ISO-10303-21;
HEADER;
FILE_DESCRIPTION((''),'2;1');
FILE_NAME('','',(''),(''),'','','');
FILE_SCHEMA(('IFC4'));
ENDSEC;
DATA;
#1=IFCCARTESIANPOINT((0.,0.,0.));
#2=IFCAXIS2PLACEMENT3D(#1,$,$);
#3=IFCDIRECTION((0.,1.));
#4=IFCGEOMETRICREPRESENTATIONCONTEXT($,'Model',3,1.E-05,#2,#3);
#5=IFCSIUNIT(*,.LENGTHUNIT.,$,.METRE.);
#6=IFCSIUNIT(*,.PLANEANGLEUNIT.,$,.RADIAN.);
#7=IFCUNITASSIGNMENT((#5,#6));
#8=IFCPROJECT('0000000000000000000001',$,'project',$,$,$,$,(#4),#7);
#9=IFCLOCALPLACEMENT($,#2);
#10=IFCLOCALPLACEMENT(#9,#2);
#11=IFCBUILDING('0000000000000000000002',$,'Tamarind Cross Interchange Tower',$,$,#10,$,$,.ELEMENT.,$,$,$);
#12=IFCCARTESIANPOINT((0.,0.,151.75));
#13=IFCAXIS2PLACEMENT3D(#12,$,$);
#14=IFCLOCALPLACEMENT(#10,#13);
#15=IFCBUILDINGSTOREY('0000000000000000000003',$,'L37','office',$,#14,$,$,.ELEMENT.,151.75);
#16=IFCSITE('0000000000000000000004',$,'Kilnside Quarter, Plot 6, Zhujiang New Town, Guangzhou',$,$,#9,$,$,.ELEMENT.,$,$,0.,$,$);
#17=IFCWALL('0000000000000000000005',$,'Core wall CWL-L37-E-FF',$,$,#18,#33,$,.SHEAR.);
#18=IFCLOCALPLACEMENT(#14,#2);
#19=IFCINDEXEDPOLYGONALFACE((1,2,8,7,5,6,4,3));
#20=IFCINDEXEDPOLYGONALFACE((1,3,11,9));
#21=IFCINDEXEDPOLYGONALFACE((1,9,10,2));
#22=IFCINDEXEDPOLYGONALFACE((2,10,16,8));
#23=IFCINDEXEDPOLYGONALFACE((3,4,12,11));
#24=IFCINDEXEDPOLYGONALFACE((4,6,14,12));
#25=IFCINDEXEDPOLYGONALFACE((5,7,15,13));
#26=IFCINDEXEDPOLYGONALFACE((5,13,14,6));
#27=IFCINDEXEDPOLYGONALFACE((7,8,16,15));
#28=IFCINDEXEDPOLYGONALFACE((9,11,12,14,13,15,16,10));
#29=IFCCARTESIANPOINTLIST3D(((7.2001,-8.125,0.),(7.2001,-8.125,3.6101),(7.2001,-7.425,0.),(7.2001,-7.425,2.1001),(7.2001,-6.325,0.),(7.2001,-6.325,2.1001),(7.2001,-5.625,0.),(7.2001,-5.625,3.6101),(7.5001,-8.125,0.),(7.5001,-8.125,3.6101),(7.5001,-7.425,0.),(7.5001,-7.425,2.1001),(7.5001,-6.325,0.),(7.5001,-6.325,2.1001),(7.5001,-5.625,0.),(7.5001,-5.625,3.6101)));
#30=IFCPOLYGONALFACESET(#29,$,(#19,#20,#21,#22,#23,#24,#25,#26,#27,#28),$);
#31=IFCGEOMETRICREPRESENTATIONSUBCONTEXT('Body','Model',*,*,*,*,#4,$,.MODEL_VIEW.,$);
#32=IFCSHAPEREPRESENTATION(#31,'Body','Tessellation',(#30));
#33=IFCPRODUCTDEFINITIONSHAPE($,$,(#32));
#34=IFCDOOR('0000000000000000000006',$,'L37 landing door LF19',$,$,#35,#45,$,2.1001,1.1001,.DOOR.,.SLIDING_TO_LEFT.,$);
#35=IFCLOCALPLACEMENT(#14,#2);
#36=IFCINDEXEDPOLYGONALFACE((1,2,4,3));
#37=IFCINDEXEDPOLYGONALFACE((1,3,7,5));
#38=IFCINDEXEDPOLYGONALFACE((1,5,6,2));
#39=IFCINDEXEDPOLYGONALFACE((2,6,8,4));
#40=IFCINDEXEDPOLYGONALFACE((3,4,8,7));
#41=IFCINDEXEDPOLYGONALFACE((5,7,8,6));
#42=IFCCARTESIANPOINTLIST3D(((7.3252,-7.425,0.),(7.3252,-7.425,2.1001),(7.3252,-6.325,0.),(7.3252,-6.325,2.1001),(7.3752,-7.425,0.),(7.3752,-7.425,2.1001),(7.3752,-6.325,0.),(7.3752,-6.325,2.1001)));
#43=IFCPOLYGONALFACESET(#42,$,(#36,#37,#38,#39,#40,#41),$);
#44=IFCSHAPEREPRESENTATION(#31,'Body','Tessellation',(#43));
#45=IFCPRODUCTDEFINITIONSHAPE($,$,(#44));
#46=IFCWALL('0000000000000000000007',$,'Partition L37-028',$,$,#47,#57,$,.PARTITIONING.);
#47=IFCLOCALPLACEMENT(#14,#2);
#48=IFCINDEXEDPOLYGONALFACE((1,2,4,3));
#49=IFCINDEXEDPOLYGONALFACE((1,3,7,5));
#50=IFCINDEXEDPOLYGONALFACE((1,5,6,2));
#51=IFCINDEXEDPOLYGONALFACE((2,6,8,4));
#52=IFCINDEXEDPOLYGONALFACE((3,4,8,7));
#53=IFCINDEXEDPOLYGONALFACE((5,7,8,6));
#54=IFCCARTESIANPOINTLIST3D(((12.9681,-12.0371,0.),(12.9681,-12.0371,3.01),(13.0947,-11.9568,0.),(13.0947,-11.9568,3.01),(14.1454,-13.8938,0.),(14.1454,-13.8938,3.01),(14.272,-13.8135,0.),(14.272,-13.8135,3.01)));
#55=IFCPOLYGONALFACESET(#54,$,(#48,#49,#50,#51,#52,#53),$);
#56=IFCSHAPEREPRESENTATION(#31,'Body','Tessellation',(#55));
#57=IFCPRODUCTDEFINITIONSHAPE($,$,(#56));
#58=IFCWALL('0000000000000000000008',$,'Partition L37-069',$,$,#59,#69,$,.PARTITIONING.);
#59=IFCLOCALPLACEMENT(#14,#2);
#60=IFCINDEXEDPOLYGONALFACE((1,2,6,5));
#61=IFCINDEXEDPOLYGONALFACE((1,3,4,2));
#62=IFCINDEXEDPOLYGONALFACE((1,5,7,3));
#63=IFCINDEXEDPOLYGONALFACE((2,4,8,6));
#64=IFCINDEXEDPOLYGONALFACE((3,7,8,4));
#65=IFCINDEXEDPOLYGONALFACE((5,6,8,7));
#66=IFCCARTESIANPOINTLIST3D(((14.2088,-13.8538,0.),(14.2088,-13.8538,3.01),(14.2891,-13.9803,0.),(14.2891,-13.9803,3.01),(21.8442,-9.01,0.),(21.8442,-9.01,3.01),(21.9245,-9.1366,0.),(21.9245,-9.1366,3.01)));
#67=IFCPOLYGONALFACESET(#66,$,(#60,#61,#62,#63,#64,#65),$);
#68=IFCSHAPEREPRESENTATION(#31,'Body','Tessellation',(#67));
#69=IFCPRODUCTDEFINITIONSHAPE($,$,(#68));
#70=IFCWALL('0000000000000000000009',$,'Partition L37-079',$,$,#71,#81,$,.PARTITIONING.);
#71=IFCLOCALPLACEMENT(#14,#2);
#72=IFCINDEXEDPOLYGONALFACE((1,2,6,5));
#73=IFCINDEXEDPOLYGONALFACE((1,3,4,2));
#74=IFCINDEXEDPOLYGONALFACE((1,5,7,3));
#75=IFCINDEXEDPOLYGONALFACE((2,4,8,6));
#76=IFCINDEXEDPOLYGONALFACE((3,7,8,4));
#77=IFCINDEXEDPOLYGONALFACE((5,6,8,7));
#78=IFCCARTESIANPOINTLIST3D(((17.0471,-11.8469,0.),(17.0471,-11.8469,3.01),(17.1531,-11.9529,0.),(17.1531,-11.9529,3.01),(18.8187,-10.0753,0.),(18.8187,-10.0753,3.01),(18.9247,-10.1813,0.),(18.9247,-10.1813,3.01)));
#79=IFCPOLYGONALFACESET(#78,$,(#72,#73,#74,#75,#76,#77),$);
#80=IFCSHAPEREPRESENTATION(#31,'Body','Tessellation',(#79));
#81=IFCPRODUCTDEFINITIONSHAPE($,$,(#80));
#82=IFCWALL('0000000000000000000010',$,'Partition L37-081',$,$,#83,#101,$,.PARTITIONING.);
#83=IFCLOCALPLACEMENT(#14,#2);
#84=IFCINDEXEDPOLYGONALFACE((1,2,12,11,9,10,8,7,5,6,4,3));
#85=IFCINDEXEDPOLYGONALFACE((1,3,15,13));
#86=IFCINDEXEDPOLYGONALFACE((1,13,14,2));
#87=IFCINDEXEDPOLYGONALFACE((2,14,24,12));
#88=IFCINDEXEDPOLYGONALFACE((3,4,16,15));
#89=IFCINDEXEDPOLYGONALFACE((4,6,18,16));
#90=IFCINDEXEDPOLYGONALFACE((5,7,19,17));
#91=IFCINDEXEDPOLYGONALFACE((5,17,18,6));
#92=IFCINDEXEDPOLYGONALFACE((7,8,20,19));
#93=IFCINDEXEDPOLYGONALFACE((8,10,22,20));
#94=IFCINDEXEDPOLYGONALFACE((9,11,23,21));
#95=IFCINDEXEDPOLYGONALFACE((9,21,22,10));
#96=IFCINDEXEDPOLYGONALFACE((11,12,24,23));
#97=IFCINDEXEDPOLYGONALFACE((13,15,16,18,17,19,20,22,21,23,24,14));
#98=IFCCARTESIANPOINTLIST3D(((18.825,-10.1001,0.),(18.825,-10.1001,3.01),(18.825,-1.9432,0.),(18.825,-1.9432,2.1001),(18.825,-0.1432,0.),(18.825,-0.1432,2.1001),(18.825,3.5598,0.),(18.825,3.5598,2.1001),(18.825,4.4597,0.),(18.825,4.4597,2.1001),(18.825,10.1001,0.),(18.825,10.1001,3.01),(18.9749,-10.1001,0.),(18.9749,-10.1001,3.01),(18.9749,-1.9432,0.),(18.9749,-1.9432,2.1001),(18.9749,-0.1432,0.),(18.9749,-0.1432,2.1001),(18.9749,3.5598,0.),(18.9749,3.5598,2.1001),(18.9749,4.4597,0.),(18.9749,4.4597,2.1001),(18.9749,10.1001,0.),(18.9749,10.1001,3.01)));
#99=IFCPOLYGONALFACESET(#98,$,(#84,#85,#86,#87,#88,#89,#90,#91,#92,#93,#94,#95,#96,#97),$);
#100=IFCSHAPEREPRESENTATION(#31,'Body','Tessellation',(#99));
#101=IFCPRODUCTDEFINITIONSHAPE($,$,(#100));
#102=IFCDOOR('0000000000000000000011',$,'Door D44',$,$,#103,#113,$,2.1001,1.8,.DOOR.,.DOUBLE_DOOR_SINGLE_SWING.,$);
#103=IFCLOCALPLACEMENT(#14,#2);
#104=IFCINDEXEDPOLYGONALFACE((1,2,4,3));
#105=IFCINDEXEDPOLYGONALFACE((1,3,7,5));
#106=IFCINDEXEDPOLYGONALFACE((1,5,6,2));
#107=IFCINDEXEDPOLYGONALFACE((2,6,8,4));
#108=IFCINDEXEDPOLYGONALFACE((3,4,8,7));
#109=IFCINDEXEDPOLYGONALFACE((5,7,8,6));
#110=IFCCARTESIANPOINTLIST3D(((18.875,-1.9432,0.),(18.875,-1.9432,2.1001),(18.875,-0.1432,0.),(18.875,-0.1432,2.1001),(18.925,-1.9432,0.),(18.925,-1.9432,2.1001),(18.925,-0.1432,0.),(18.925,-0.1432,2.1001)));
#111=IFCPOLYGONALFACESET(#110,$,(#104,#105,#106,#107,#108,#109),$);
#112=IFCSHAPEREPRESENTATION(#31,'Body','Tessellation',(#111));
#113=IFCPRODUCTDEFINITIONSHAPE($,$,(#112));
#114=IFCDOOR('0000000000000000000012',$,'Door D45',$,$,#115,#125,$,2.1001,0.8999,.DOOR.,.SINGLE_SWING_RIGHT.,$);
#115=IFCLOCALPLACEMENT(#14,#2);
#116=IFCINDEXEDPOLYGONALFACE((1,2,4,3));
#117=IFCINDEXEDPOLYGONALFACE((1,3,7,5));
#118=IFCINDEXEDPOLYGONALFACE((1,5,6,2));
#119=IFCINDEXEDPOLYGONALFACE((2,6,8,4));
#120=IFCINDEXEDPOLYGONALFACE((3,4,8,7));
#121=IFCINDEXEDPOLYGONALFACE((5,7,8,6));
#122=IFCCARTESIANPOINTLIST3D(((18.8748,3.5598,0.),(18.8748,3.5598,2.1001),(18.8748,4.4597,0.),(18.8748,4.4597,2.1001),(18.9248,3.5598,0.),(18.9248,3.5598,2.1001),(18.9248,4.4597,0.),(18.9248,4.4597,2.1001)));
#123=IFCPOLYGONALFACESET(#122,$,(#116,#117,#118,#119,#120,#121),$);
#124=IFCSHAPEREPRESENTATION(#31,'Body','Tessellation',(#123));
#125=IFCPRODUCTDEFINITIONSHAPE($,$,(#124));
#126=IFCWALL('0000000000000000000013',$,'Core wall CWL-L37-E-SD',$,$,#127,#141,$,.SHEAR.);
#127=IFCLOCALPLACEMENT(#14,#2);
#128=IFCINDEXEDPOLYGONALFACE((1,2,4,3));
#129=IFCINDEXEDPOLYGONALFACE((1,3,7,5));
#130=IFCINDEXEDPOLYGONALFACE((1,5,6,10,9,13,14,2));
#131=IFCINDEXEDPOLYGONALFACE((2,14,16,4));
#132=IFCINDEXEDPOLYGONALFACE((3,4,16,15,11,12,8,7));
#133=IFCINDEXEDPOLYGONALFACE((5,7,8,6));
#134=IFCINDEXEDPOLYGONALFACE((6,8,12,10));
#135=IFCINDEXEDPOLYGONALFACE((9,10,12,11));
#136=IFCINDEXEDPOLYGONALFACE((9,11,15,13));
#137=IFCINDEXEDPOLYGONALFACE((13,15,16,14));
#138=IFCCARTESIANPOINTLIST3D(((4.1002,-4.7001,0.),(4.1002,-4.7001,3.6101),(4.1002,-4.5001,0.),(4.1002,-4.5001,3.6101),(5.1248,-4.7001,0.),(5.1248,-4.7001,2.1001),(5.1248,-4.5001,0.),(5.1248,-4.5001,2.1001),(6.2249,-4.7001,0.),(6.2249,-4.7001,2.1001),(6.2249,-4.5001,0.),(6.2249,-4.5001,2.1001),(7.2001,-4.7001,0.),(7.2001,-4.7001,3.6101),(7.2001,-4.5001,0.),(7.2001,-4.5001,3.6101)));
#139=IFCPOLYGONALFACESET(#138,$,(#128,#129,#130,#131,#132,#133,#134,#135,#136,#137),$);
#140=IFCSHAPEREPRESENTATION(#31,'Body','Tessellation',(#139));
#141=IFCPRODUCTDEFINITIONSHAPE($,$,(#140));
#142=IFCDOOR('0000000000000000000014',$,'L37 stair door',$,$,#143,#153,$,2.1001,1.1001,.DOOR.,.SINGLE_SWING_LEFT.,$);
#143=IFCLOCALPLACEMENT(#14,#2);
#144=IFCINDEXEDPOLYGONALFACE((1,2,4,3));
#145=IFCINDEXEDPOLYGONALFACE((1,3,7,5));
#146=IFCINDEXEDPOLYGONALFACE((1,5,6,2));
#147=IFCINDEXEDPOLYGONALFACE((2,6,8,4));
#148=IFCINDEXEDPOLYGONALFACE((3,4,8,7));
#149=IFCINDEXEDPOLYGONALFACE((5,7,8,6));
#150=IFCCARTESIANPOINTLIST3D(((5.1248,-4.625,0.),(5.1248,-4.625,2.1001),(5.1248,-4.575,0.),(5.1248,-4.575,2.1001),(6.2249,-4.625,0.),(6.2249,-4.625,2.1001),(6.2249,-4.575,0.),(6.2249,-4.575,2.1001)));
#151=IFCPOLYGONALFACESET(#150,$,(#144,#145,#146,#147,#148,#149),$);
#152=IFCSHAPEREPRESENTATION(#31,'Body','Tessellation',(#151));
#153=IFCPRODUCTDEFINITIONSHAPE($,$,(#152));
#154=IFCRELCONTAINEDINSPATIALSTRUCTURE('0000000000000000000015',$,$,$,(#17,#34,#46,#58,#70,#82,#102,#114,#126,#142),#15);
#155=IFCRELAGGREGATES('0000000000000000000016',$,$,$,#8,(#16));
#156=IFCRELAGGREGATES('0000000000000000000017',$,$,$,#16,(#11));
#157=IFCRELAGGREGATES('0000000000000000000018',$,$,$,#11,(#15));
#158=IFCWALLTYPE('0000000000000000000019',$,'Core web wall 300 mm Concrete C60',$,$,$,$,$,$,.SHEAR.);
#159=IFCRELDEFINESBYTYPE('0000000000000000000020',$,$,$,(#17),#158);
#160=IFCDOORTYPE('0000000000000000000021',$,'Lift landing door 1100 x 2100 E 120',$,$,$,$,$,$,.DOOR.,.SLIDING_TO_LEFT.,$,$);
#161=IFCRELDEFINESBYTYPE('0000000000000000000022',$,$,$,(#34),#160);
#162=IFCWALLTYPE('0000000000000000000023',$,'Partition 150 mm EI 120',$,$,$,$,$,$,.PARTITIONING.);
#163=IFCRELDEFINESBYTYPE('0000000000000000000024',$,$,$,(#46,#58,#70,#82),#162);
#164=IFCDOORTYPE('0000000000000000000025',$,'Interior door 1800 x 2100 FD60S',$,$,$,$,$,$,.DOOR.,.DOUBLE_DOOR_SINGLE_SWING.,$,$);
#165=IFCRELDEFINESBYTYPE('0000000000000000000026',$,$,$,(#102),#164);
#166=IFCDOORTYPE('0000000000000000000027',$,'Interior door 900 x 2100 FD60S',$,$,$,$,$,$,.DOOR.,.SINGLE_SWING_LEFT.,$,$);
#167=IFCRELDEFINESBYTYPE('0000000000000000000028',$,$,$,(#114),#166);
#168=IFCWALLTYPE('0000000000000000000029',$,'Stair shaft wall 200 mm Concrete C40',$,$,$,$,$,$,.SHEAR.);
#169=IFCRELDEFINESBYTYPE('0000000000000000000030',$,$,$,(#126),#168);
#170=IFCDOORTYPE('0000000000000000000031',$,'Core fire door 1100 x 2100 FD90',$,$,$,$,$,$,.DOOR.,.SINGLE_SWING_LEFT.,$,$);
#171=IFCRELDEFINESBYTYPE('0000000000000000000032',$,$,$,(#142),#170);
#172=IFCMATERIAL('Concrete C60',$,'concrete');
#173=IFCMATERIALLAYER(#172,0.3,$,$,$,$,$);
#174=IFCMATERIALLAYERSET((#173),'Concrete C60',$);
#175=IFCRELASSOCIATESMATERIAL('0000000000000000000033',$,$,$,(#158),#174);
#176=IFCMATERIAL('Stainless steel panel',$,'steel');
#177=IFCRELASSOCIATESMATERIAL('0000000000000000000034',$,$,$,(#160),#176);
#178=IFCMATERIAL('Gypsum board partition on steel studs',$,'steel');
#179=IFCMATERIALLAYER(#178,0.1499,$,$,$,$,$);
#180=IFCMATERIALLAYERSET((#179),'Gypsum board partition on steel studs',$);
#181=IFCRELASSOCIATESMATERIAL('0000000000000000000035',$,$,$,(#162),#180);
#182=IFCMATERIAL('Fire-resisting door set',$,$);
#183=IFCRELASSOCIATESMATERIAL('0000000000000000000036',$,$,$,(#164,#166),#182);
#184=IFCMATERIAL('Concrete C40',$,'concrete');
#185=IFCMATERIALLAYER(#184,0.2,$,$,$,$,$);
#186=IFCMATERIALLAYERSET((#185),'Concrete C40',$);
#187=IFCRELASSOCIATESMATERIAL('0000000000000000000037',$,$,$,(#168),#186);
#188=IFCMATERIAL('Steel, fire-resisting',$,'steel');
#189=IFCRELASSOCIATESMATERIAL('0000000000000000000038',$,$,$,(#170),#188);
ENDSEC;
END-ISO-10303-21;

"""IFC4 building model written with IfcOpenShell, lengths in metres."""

from ifc_helpers import new_model, si_unit, direction, frame, frame_2d, origin, place, context, subcontext, project, spatial, rectangle, extrude, material, layer, layer_set, type_object, element, fill, save


model = new_model("IFC4")

# Units and contexts
model_context = context("Model", 3, precision=1e-05, world=origin(), true_north=direction((0.0, 1.0)))
body_context = subcontext(model_context, "Body", "Model", "MODEL_VIEW")
ifc_project = project(units=[si_unit("LENGTHUNIT", "METRE"), si_unit("PLANEANGLEUNIT", "RADIAN")], contexts=[model_context])

# Site, building, storey
site_placement = place(None, origin())
site = spatial("IfcSite", under=ifc_project, at=site_placement, Name="Kilnside Quarter, Plot 6, Zhujiang New Town, Guangzhou", CompositionType="ELEMENT", RefElevation=0.0)
building_placement = place(site_placement, origin())
building = spatial("IfcBuilding", under=site, at=building_placement, Name="Tamarind Cross Interchange Tower", CompositionType="ELEMENT")
storey_placement = place(building_placement, frame((0.0, 0.0, 151.75)))
storey = spatial("IfcBuildingStorey", under=building, at=storey_placement, Name="L37", Description="office", CompositionType="ELEMENT", Elevation=151.75)

# Shared definitions
ifc_material_1 = material(Name="Concrete C60", Category="concrete")
ifc_material_2 = material(Name="Steel, fire-resisting", Category="steel")

# Shared definitions
ifc_layer_1 = layer(ifc_material_1, 0.3)
ifc_layer_set_1 = layer_set([ifc_layer_1], Name="Concrete C60")
wall_type_1 = type_object("IfcWallType", Name="Core web wall 300 mm Concrete C60", PredefinedType="SHEAR", material=ifc_layer_set_1)

# Shared definitions
ifc_material_3 = material(Name="Stainless steel panel", Category="steel")

# Wall, opening, door
wall_1_placement = place(storey_placement, frame((7.3501, -8.125, 0.0), z_axis=(0.0, 0.0, 1.0), x_axis=(0.0, 1.0, 0.0)))
wall_1 = element("IfcWall", 1, at=wall_1_placement, inside=storey, type_object=wall_type_1, Name="Core wall CWL-L37-E-FF", PredefinedType="SHEAR", context=body_context, shape_type="SweptSolid", body=[
    extrude(rectangle(XDim=2.5, YDim=0.3, at=frame_2d((1.25, 0.0))), origin(), (0.0, 0.0, 1.0), 3.6101),
])
opening_1_placement = place(wall_1_placement, frame((0.7, 0.0, 0.0)))
opening_1 = element("IfcOpeningElement", 2, at=opening_1_placement, cuts=wall_1, PredefinedType="OPENING", context=body_context, shape_type="SweptSolid", body=[
    extrude(rectangle(XDim=1.1001, YDim=2.1001, at=frame_2d((0.55, 1.05))), frame((0.0, 0.1599, 0.0), z_axis=(0.0, -1.0, 0.0), x_axis=(1.0, 0.0, 0.0)), (0.0, 0.0, 1.0), 0.3201),
])
door_type_1 = type_object("IfcDoorType", Name="Lift landing door 1100 x 2100 E 120", OperationType="SLIDING_TO_LEFT", PredefinedType="DOOR", material=ifc_material_3)
door_1_placement = place(opening_1_placement, origin())
door_1 = element("IfcDoor", 3, at=door_1_placement, inside=storey, type_object=door_type_1, Name="L37 landing door LF19", OperationType="SLIDING_TO_LEFT", OverallHeight=2.1001, OverallWidth=1.1001, PredefinedType="DOOR", context=body_context, shape_type="SweptSolid", body=[
    extrude(rectangle(XDim=1.1001, YDim=2.1001, at=frame_2d((0.55, 1.05))), frame((0.0, 0.0249, 0.0), z_axis=(0.0, -1.0, 0.0), x_axis=(1.0, 0.0, 0.0)), (0.0, 0.0, 1.0), 0.05),
])
fill(opening_1, door_1)

# Walls
ifc_material_4 = material(Name="Gypsum board partition on steel studs", Category="steel")
ifc_layer_2 = layer(ifc_material_4, 0.1499)
ifc_layer_set_2 = layer_set([ifc_layer_2], Name="Gypsum board partition on steel studs")
wall_type_2 = type_object("IfcWallType", Name="Partition 150 mm EI 120", PredefinedType="PARTITIONING", material=ifc_layer_set_2)
wall_2_placement = place(storey_placement, frame((13.0315, -11.9971, 0.0), z_axis=(0.0, 0.0, 1.0), x_axis=(0.535488, -0.844543, 0.0)))
element("IfcWall", 4, at=wall_2_placement, inside=storey, type_object=wall_type_2, Name="Partition L37-028", PredefinedType="PARTITIONING", context=body_context, shape_type="SweptSolid", body=[
    extrude(rectangle(XDim=2.1985, YDim=0.1499, at=frame_2d((1.0991, 0.0))), origin(), (0.0, 0.0, 1.0), 3.01),
])
wall_3_placement = place(storey_placement, frame((14.249, -13.917, 0.0), z_axis=(0.0, 0.0, 1.0), x_axis=(0.844422, 0.535678, 0.0)))
element("IfcWall", 5, at=wall_3_placement, inside=storey, type_object=wall_type_2, Name="Partition L37-069", PredefinedType="PARTITIONING", context=body_context, shape_type="SweptSolid", body=[
    extrude(rectangle(XDim=9.0422, YDim=0.1499, at=frame_2d((4.521, 0.0))), origin(), (0.0, 0.0, 1.0), 3.01),
])
wall_4_placement = place(storey_placement, frame((17.1001, -11.8999, 0.0), z_axis=(0.0, 0.0, 1.0), x_axis=(0.707107, 0.707107, 0.0)))
element("IfcWall", 6, at=wall_4_placement, inside=storey, type_object=wall_type_2, Name="Partition L37-079", PredefinedType="PARTITIONING", context=body_context, shape_type="SweptSolid", body=[
    extrude(rectangle(XDim=2.5054, YDim=0.1499, at=frame_2d((1.2527, 0.0))), origin(), (0.0, 0.0, 1.0), 3.01),
])

# Wall, openings, doors
wall_5_placement = place(storey_placement, frame((18.8999, -10.1001, 0.0), z_axis=(0.0, 0.0, 1.0), x_axis=(0.0, 1.0, 0.0)))
wall_5 = element("IfcWall", 7, at=wall_5_placement, inside=storey, type_object=wall_type_2, Name="Partition L37-081", PredefinedType="PARTITIONING", context=body_context, shape_type="SweptSolid", body=[
    extrude(rectangle(XDim=20.2002, YDim=0.1499, at=frame_2d((10.1001, 0.0))), origin(), (0.0, 0.0, 1.0), 3.01),
])
opening_2_placement = place(wall_5_placement, frame((8.157, 0.0, 0.0)))
opening_2 = element("IfcOpeningElement", 8, at=opening_2_placement, cuts=wall_5, PredefinedType="OPENING", context=body_context, shape_type="SweptSolid", body=[
    extrude(rectangle(XDim=1.8, YDim=2.1001, at=frame_2d((0.8999, 1.05))), frame((0.0, 0.085, 0.0), z_axis=(0.0, -1.0, 0.0), x_axis=(1.0, 0.0, 0.0)), (0.0, 0.0, 1.0), 0.1699),
])
opening_3_placement = place(wall_5_placement, frame((13.6599, 0.0, 0.0)))
opening_3 = element("IfcOpeningElement", 9, at=opening_3_placement, cuts=wall_5, PredefinedType="OPENING", context=body_context, shape_type="SweptSolid", body=[
    extrude(rectangle(XDim=0.8999, YDim=2.1001, at=frame_2d((0.45, 1.05))), frame((0.0, 0.085, 0.0), z_axis=(0.0, -1.0, 0.0), x_axis=(1.0, 0.0, 0.0)), (0.0, 0.0, 1.0), 0.1699),
])
ifc_material_5 = material(Name="Fire-resisting door set")
door_type_2 = type_object("IfcDoorType", Name="Interior door 1800 x 2100 FD60S", OperationType="DOUBLE_DOOR_SINGLE_SWING", PredefinedType="DOOR", material=ifc_material_5)
door_2_placement = place(opening_2_placement, origin())
door_2 = element("IfcDoor", 10, at=door_2_placement, inside=storey, type_object=door_type_2, Name="Door D44", OperationType="DOUBLE_DOOR_SINGLE_SWING", OverallHeight=2.1001, OverallWidth=1.8, PredefinedType="DOOR", context=body_context, shape_type="SweptSolid", body=[
    extrude(rectangle(XDim=1.8, YDim=2.1001, at=frame_2d((0.8999, 1.05))), frame((0.0, 0.0249, 0.0), z_axis=(0.0, -1.0, 0.0), x_axis=(1.0, 0.0, 0.0)), (0.0, 0.0, 1.0), 0.05),
])
fill(opening_2, door_2)
door_type_3 = type_object("IfcDoorType", Name="Interior door 900 x 2100 FD60S", OperationType="SINGLE_SWING_LEFT", PredefinedType="DOOR", material=ifc_material_5)
door_3_placement = place(opening_3_placement, frame((0.8999, 0.0, 0.0), z_axis=(0.0, 0.0, 1.0), x_axis=(-1.0, 0.0, 0.0)))
door_3 = element("IfcDoor", 11, at=door_3_placement, inside=storey, type_object=door_type_3, Name="Door D45", OperationType="SINGLE_SWING_RIGHT", OverallHeight=2.1001, OverallWidth=0.8999, PredefinedType="DOOR", context=body_context, shape_type="SweptSolid", body=[
    extrude(rectangle(XDim=0.8999, YDim=2.1001, at=frame_2d((0.45, 1.05))), frame((0.0, 0.0249, 0.0), z_axis=(0.0, -1.0, 0.0), x_axis=(1.0, 0.0, 0.0)), (0.0, 0.0, 1.0), 0.05),
])
fill(opening_3, door_3)

# Wall, opening, door
ifc_material_6 = material(Name="Concrete C40", Category="concrete")
ifc_layer_3 = layer(ifc_material_6, 0.2)
ifc_layer_set_3 = layer_set([ifc_layer_3], Name="Concrete C40")
wall_type_3 = type_object("IfcWallType", Name="Stair shaft wall 200 mm Concrete C40", PredefinedType="SHEAR", material=ifc_layer_set_3)
wall_6_placement = place(storey_placement, frame((7.2, -4.6001, 0.0), z_axis=(0.0, 0.0, 1.0), x_axis=(-1.0, 0.0, 0.0)))
wall_6 = element("IfcWall", 12, at=wall_6_placement, inside=storey, type_object=wall_type_3, Name="Core wall CWL-L37-E-SD", PredefinedType="SHEAR", context=body_context, shape_type="SweptSolid", body=[
    extrude(rectangle(XDim=3.0999, YDim=0.2, at=frame_2d((1.5498, 0.0))), origin(), (0.0, 0.0, 1.0), 3.6101),
])
opening_4_placement = place(wall_6_placement, frame((0.9751, 0.0, 0.0)))
opening_4 = element("IfcOpeningElement", 13, at=opening_4_placement, cuts=wall_6, PredefinedType="OPENING", context=body_context, shape_type="SweptSolid", body=[
    extrude(rectangle(XDim=1.1001, YDim=2.1001, at=frame_2d((0.55, 1.05))), frame((0.0, 0.1099, 0.0), z_axis=(0.0, -1.0, 0.0), x_axis=(1.0, 0.0, 0.0)), (0.0, 0.0, 1.0), 0.22),
])
door_type_4 = type_object("IfcDoorType", Name="Core fire door 1100 x 2100 FD90", OperationType="SINGLE_SWING_LEFT", PredefinedType="DOOR", material=ifc_material_2)
door_4_placement = place(opening_4_placement, origin())
door_4 = element("IfcDoor", 14, at=door_4_placement, inside=storey, type_object=door_type_4, Name="L37 stair door", OperationType="SINGLE_SWING_LEFT", OverallHeight=2.1001, OverallWidth=1.1001, PredefinedType="DOOR", context=body_context, shape_type="SweptSolid", body=[
    extrude(rectangle(XDim=1.1001, YDim=2.1001, at=frame_2d((0.55, 1.05))), frame((0.0, 0.0249, 0.0), z_axis=(0.0, -1.0, 0.0), x_axis=(1.0, 0.0, 0.0)), (0.0, 0.0, 1.0), 0.05),
])
fill(opening_4, door_4)

save(model, "model.ifc")
